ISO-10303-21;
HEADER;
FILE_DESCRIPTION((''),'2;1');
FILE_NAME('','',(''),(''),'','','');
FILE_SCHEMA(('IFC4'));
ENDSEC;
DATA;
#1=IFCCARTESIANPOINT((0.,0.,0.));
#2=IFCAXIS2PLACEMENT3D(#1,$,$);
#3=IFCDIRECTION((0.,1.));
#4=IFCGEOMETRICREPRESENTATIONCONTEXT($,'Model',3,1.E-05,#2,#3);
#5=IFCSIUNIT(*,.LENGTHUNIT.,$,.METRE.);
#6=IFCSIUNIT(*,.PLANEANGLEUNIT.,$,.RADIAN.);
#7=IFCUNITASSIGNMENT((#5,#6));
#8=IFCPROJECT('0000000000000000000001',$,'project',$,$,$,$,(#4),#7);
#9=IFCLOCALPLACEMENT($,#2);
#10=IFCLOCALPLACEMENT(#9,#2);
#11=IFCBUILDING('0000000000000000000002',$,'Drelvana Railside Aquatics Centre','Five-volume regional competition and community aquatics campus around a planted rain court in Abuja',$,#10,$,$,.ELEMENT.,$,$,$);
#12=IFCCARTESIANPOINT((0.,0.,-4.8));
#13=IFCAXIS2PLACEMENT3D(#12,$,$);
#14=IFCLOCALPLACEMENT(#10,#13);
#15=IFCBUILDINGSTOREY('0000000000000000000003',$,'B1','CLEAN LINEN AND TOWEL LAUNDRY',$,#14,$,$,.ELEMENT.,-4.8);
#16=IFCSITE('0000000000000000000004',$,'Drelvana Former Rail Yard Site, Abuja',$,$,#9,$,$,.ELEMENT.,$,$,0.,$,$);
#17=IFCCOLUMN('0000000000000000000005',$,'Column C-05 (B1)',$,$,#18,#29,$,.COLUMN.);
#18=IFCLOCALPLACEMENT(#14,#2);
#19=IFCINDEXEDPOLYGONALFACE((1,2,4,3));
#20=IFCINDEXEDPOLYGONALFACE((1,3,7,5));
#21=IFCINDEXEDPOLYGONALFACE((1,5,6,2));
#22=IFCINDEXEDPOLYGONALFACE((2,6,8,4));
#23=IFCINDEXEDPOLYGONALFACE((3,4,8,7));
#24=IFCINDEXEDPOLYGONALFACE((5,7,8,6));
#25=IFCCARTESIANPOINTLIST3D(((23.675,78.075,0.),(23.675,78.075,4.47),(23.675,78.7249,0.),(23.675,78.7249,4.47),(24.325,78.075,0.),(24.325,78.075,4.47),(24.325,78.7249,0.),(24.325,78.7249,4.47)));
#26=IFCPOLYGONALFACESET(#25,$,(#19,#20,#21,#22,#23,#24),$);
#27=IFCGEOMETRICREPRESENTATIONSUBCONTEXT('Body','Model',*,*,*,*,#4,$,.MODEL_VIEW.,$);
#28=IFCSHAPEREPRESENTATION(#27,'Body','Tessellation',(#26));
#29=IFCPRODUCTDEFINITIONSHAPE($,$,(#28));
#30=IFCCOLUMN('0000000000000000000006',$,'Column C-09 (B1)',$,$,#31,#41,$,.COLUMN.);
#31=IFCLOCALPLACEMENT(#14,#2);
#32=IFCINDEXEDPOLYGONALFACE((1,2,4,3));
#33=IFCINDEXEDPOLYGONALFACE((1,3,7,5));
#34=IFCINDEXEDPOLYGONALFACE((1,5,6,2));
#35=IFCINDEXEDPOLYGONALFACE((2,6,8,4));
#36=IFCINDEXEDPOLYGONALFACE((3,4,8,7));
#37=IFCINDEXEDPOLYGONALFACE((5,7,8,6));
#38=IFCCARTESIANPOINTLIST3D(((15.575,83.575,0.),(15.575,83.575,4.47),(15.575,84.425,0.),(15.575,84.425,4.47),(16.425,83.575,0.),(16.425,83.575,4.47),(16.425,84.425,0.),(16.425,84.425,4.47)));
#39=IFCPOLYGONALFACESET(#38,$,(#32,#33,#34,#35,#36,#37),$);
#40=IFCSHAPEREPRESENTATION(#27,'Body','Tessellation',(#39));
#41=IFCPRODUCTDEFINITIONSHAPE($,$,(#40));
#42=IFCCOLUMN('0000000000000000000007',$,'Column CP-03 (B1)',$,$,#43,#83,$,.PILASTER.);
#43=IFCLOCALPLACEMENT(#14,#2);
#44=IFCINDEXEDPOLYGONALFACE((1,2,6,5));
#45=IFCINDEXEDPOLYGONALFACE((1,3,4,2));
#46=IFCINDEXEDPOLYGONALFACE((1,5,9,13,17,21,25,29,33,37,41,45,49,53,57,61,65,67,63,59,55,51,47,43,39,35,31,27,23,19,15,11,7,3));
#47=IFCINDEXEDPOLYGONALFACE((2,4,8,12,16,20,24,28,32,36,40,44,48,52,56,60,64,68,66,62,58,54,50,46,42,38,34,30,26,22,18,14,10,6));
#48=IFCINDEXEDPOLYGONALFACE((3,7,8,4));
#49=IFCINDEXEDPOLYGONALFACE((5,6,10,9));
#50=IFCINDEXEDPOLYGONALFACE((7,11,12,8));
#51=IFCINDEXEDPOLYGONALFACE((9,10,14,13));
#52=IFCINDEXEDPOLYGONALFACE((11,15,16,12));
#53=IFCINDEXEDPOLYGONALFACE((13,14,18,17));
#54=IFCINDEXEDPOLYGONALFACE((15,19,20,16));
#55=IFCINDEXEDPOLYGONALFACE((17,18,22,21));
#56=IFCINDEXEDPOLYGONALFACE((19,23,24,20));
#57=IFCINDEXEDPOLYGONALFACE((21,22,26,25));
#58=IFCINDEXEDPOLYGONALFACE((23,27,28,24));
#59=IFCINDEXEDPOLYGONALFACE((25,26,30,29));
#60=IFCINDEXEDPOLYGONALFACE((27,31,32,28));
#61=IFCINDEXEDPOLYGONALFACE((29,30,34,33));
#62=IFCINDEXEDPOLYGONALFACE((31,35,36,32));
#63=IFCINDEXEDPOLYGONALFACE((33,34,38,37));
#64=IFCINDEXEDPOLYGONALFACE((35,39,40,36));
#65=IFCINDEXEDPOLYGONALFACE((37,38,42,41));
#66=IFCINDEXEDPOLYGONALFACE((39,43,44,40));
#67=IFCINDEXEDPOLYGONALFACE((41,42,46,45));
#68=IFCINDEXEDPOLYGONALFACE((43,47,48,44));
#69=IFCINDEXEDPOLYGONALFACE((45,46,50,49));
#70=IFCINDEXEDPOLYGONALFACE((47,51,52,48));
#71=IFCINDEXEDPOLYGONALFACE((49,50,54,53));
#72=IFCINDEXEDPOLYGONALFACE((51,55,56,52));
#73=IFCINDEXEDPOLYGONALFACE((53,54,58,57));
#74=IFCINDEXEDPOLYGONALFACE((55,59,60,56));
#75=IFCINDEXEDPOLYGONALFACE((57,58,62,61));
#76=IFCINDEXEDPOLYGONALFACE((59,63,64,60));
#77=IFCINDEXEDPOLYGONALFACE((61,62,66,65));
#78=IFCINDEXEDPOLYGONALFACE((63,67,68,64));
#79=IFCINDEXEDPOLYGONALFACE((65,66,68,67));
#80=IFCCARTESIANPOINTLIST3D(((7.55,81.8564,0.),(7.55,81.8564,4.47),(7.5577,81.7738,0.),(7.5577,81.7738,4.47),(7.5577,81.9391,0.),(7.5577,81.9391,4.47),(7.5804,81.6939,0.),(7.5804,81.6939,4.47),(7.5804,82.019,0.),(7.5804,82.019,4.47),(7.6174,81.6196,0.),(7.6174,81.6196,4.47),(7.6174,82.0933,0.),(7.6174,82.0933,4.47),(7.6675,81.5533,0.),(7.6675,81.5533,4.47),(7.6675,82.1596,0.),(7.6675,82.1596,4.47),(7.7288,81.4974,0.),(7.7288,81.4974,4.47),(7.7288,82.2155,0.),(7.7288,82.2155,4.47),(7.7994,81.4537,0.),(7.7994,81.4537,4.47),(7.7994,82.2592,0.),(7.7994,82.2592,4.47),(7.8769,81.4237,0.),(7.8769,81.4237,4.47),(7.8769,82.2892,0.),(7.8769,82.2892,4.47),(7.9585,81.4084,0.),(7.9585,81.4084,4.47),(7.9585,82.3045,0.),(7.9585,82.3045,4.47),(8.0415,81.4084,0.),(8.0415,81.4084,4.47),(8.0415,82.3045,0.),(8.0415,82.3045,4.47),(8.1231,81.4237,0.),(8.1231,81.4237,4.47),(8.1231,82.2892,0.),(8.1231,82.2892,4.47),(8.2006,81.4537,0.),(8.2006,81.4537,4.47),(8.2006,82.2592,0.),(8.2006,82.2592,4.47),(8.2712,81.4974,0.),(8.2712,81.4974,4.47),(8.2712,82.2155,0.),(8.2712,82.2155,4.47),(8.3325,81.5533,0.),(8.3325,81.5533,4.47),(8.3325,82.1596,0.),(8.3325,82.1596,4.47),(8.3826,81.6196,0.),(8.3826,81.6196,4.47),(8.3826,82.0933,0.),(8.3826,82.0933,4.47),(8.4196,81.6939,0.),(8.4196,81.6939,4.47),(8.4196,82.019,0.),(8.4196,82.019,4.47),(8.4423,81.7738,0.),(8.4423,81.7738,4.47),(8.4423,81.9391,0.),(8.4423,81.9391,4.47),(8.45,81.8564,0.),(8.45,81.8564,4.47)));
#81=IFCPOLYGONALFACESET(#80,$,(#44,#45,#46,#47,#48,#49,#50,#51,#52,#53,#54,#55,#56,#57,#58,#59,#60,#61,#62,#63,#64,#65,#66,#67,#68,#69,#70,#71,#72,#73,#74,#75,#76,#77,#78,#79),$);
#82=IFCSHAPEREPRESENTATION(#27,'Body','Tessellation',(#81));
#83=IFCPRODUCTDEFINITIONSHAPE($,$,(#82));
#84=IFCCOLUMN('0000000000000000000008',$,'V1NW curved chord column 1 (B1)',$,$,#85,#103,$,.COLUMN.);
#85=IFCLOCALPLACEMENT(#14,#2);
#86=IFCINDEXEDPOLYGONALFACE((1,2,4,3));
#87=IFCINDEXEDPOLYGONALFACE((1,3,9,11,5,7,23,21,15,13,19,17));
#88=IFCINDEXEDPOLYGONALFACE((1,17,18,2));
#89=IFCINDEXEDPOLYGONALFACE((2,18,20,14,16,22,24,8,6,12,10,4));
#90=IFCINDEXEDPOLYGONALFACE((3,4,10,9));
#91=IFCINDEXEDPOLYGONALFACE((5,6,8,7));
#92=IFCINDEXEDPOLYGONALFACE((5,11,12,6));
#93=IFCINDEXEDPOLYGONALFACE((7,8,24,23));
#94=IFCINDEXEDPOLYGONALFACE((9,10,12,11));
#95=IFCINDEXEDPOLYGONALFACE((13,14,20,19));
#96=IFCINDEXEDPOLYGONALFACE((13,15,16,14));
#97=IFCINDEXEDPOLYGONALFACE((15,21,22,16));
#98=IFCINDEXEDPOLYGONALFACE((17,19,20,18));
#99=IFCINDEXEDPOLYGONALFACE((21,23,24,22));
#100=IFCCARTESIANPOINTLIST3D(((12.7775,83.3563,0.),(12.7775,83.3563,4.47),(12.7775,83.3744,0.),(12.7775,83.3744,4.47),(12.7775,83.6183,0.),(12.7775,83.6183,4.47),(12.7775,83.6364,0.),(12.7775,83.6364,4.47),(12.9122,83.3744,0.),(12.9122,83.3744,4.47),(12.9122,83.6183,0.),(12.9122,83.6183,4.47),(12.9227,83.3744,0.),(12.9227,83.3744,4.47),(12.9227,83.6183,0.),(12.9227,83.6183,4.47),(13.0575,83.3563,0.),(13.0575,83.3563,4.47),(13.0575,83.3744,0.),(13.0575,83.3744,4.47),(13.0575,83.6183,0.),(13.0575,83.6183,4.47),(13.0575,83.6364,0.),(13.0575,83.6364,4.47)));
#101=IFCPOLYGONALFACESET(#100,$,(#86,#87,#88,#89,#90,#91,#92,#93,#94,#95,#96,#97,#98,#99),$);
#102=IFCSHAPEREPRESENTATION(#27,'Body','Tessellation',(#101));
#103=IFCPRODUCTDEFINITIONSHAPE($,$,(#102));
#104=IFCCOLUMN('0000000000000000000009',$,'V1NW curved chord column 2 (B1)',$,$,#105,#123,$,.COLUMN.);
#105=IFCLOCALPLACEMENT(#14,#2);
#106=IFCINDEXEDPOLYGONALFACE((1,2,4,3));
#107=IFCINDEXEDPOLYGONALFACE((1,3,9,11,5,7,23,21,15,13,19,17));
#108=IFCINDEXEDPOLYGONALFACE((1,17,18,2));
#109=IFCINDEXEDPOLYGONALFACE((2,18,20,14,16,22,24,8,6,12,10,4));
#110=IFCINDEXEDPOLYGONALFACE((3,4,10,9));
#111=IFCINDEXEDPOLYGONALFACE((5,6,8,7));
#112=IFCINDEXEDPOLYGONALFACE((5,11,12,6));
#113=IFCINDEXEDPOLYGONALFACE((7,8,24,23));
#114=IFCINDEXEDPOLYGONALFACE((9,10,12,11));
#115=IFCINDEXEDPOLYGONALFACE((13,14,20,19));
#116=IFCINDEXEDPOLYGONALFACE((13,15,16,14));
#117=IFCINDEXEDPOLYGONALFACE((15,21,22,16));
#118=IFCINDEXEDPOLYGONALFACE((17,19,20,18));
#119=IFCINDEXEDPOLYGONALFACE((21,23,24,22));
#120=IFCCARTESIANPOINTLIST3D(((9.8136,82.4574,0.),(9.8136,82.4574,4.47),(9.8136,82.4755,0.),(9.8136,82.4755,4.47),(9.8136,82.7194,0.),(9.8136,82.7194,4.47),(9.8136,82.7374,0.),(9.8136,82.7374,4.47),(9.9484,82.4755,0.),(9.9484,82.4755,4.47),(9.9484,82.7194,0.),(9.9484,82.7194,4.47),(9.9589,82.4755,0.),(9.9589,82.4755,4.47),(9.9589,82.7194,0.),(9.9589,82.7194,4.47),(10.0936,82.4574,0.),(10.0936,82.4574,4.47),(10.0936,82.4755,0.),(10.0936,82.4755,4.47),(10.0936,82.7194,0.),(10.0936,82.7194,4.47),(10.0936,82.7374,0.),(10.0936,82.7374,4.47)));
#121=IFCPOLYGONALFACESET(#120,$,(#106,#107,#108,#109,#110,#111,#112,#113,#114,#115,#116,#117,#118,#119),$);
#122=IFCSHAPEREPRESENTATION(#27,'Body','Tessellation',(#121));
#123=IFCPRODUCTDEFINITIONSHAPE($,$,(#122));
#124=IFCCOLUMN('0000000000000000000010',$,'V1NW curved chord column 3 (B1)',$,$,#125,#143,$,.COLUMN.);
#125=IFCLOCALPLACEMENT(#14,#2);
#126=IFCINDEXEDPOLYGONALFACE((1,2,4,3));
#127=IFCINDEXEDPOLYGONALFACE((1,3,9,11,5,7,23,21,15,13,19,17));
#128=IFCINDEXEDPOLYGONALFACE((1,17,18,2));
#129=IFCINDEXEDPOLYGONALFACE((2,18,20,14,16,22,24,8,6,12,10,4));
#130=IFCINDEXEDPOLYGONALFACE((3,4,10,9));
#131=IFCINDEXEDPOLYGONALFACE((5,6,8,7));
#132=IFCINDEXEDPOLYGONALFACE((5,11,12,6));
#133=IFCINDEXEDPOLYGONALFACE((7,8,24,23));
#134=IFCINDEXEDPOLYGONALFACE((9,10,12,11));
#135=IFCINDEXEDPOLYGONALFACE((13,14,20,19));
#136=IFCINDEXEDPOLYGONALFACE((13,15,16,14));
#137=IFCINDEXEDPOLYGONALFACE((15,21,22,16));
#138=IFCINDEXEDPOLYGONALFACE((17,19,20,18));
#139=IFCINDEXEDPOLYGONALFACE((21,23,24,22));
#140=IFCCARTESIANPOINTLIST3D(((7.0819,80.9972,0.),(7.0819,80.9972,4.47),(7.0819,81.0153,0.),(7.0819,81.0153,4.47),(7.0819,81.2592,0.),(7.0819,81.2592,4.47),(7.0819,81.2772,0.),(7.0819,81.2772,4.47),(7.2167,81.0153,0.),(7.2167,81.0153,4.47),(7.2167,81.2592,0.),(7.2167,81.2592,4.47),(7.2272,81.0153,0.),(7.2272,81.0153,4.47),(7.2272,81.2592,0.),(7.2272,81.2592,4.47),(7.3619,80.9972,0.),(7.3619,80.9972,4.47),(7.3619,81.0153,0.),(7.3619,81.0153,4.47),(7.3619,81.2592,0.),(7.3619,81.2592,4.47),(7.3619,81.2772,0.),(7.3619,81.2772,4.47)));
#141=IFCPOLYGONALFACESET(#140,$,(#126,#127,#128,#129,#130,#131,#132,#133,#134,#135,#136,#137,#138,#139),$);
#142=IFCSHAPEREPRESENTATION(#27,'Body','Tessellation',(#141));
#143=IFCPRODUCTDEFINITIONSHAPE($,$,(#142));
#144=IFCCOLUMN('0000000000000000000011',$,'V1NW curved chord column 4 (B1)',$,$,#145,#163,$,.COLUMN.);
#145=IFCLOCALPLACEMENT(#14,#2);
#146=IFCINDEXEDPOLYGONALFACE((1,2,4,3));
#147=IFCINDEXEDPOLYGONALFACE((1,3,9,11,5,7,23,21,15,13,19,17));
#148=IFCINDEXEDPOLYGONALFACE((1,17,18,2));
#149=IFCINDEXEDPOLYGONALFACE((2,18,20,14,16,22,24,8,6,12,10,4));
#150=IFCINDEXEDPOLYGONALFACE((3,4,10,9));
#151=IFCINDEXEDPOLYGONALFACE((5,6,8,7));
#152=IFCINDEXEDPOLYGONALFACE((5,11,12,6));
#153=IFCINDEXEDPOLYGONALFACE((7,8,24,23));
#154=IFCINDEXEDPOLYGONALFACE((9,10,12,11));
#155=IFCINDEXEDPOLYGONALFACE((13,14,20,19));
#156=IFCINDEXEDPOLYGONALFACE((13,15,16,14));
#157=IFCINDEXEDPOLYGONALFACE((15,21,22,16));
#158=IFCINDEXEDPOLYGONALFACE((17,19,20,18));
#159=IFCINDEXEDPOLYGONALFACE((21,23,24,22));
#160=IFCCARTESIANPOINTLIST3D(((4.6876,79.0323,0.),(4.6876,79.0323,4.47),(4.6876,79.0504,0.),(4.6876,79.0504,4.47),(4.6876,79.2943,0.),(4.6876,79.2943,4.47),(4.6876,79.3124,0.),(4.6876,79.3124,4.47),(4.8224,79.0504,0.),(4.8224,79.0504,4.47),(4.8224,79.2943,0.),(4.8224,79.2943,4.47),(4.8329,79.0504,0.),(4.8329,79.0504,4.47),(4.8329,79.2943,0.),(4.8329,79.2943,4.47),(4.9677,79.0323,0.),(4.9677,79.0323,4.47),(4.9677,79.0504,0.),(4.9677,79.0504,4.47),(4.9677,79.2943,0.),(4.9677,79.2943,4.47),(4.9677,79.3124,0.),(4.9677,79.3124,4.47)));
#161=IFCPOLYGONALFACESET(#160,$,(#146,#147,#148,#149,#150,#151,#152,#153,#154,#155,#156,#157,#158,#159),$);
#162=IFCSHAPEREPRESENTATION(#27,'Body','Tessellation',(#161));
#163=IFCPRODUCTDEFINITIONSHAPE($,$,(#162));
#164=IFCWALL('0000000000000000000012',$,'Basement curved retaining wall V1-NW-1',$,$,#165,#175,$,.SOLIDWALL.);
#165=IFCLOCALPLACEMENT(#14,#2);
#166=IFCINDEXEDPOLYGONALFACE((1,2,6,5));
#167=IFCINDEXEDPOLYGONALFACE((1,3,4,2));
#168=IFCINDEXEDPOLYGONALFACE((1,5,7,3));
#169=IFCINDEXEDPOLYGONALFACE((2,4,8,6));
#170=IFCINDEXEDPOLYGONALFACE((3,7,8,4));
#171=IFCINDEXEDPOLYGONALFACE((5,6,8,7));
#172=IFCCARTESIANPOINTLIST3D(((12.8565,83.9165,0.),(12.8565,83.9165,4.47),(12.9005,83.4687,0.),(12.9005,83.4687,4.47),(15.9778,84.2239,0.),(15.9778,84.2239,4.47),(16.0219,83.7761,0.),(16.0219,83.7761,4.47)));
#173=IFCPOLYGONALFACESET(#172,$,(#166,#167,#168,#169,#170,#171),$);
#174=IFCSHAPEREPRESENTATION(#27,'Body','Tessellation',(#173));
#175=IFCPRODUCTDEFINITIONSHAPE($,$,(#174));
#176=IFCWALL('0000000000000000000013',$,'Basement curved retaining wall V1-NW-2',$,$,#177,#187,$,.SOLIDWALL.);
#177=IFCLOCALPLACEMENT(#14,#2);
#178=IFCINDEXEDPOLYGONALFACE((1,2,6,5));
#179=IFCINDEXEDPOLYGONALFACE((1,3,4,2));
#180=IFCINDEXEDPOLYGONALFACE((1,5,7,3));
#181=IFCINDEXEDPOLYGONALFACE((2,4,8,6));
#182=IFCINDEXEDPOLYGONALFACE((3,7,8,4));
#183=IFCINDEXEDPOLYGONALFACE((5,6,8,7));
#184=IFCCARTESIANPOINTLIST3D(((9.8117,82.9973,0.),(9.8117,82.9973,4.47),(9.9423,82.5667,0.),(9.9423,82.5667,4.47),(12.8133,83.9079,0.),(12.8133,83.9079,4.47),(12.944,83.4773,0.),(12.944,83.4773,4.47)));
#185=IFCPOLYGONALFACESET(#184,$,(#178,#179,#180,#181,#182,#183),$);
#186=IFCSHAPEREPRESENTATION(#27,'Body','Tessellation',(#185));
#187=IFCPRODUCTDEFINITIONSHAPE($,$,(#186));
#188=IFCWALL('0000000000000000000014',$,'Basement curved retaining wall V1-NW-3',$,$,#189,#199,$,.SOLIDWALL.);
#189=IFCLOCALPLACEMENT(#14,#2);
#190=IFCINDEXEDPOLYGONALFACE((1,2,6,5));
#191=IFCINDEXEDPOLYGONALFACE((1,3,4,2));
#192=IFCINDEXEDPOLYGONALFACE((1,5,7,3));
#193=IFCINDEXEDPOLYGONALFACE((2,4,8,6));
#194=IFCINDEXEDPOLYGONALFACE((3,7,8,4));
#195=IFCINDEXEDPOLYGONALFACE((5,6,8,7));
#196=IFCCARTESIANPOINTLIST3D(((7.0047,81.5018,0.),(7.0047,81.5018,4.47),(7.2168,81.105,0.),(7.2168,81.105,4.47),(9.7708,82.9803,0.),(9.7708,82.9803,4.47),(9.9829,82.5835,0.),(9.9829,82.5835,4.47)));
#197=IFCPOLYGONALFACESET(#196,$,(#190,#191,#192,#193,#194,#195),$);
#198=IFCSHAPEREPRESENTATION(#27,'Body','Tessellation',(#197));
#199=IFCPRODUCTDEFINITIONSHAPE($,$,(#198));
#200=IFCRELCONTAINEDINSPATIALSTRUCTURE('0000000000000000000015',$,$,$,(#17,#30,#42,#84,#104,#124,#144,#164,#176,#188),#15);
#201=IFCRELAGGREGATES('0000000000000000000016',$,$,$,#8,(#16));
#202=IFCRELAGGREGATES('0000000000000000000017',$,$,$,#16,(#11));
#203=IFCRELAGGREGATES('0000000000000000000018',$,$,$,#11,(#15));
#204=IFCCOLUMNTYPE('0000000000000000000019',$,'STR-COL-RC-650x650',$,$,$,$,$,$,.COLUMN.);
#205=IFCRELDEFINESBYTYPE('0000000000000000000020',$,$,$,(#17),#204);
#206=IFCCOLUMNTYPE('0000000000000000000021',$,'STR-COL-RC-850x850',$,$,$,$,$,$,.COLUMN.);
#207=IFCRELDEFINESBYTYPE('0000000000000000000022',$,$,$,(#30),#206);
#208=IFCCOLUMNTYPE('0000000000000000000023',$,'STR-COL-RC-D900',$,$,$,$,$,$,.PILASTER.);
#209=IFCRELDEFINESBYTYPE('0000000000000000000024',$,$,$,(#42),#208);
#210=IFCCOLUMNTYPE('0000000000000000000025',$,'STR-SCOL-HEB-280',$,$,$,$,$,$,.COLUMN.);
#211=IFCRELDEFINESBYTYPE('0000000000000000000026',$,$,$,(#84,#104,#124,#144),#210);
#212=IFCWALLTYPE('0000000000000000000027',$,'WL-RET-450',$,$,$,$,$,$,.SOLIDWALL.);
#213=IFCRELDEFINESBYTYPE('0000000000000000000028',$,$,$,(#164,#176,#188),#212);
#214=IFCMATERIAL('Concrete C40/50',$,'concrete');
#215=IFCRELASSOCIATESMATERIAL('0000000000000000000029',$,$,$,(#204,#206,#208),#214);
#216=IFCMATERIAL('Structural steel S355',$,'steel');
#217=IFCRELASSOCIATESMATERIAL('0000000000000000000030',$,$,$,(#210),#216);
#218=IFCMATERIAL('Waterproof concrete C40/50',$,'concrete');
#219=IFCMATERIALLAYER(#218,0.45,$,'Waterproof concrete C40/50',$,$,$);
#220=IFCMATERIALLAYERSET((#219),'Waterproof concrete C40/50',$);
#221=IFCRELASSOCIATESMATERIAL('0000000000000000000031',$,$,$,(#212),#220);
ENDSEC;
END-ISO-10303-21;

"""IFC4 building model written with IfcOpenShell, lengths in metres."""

from ifc_helpers import new_model, si_unit, direction, frame, frame_2d, origin, origin_2d, place, context, subcontext, project, spatial, rectangle, circle, i_section, extrude, material, layer, layer_set, material_profile, profile_set, type_object, element, save


model = new_model("IFC4")

# Units and contexts
model_context = context("Model", 3, precision=1e-05, world=origin(), true_north=direction((0.0, 1.0)))
body_context = subcontext(model_context, "Body", "Model", "MODEL_VIEW")
ifc_project = project(units=[si_unit("LENGTHUNIT", "METRE"), si_unit("PLANEANGLEUNIT", "RADIAN")], contexts=[model_context])

# Site, building, storey
site_placement = place(None, origin())
site = spatial("IfcSite", under=ifc_project, at=site_placement, Name="Drelvana Former Rail Yard Site, Abuja", CompositionType="ELEMENT", RefElevation=0.0)
building_placement = place(site_placement, origin())
building = spatial("IfcBuilding", under=site, at=building_placement, Name="Drelvana Railside Aquatics Centre", Description="Five-volume regional competition and community aquatics campus around a planted rain court in Abuja", CompositionType="ELEMENT")
storey_placement = place(building_placement, frame((0.0, 0.0, -4.8)))
storey = spatial("IfcBuildingStorey", under=building, at=storey_placement, Name="B1", Description="CLEAN LINEN AND TOWEL LAUNDRY", CompositionType="ELEMENT", Elevation=-4.8)

# Columns
ifc_material_1 = material(Name="Concrete C40/50", Category="concrete")
ifc_material_profile_1 = material_profile(ifc_material_1, rectangle(XDim=0.6499, YDim=0.6499, at=origin_2d()), Name="RC 650x650")
ifc_profile_set_1 = profile_set([ifc_material_profile_1], Name="Concrete C40/50")
column_type_1 = type_object("IfcColumnType", Name="STR-COL-RC-650x650", PredefinedType="COLUMN", material=ifc_profile_set_1)
column_1_placement = place(storey_placement, frame((24.0, 78.3999, 0.0), z_axis=(0.0, 0.0, 1.0), x_axis=(1.0, 0.0, 0.0)))
element("IfcColumn", 1, at=column_1_placement, inside=storey, type_object=column_type_1, Name="Column C-05 (B1)", PredefinedType="COLUMN", context=body_context, shape_type="SweptSolid", body=[
    extrude(rectangle(XDim=0.6499, YDim=0.6499, at=origin_2d()), origin(), (0.0, 0.0, 1.0), 4.47),
])
ifc_material_profile_2 = material_profile(ifc_material_1, rectangle(XDim=0.8501, YDim=0.8501, at=origin_2d()), Name="RC 850x850")
ifc_profile_set_2 = profile_set([ifc_material_profile_2], Name="Concrete C40/50")
column_type_2 = type_object("IfcColumnType", Name="STR-COL-RC-850x850", PredefinedType="COLUMN", material=ifc_profile_set_2)
column_2_placement = place(storey_placement, frame((16.0, 84.0, 0.0), z_axis=(0.0, 0.0, 1.0), x_axis=(1.0, 0.0, 0.0)))
element("IfcColumn", 2, at=column_2_placement, inside=storey, type_object=column_type_2, Name="Column C-09 (B1)", PredefinedType="COLUMN", context=body_context, shape_type="SweptSolid", body=[
    extrude(rectangle(XDim=0.8501, YDim=0.8501, at=origin_2d()), origin(), (0.0, 0.0, 1.0), 4.47),
])
ifc_material_profile_3 = material_profile(ifc_material_1, circle(Radius=0.45, at=origin_2d()), Name="RC D900")
ifc_profile_set_3 = profile_set([ifc_material_profile_3], Name="Concrete C40/50")
column_type_3 = type_object("IfcColumnType", Name="STR-COL-RC-D900", PredefinedType="PILASTER", material=ifc_profile_set_3)
column_3_placement = place(storey_placement, frame((8.0, 81.8564, 0.0), z_axis=(0.0, 0.0, 1.0), x_axis=(1.0, 0.0, 0.0)))
element("IfcColumn", 3, at=column_3_placement, inside=storey, type_object=column_type_3, Name="Column CP-03 (B1)", PredefinedType="PILASTER", context=body_context, shape_type="SweptSolid", body=[
    extrude(circle(Radius=0.45, at=origin_2d()), origin(), (0.0, 0.0, 1.0), 4.47),
])
ifc_material_2 = material(Name="Structural steel S355", Category="steel")
ifc_material_profile_4 = material_profile(ifc_material_2, i_section(OverallWidth=0.28, OverallDepth=0.28, WebThickness=0.0105, FlangeThickness=0.0181, at=origin_2d()), Name="HEB 280")
ifc_profile_set_4 = profile_set([ifc_material_profile_4], Name="Structural steel S355")
column_type_4 = type_object("IfcColumnType", Name="STR-SCOL-HEB-280", PredefinedType="COLUMN", material=ifc_profile_set_4)
for number, where, z_axis, x_axis, name in (
    (4, (12.9175, 83.4963, 0.0), (0.0, 0.0, 1.0), (1.0, 0.0, 0.0), "V1NW curved chord column 1 (B1)"),
    (5, (9.9536, 82.5974, 0.0), (0.0, 0.0, 1.0), (1.0, 0.0, 0.0), "V1NW curved chord column 2 (B1)"),
    (6, (7.2219, 81.1372, 0.0), (0.0, 0.0, 1.0), (1.0, 0.0, 0.0), "V1NW curved chord column 3 (B1)"),
    (7, (4.8276, 79.1724, 0.0), (0.0, 0.0, 1.0), (1.0, 0.0, 0.0), "V1NW curved chord column 4 (B1)"),
):
    element("IfcColumn", number, at=place(storey_placement, frame(where, z_axis=z_axis, x_axis=x_axis)), inside=storey, type_object=column_type_4, Name=name, PredefinedType="COLUMN", context=body_context, shape_type="SweptSolid", body=[
        extrude(i_section(OverallWidth=0.28, OverallDepth=0.28, WebThickness=0.0105, FlangeThickness=0.0181, at=origin_2d()), origin(), (0.0, 0.0, 1.0), 4.47),
    ])

# Walls
ifc_material_3 = material(Name="Waterproof concrete C40/50", Category="concrete")
ifc_layer = layer(ifc_material_3, 0.45, Name="Waterproof concrete C40/50")
ifc_layer_set = layer_set([ifc_layer], Name="Waterproof concrete C40/50")
wall_type = type_object("IfcWallType", Name="WL-RET-450", PredefinedType="SOLIDWALL", material=ifc_layer_set)
wall_1_placement = place(storey_placement, frame((16.0, 84.0, 0.0), z_axis=(0.0, 0.0, 1.0), x_axis=(-0.995186, -0.098001, 0.0)))
element("IfcWall", 8, at=wall_1_placement, inside=storey, type_object=wall_type, Name="Basement curved retaining wall V1-NW-1", PredefinedType="SOLIDWALL", context=body_context, shape_type="SweptSolid", body=[
    extrude(rectangle(XDim=3.1365, YDim=0.45, at=frame_2d((1.5684, 0.0))), origin(), (0.0, 0.0, 1.0), 4.47),
])
wall_2_placement = place(storey_placement, frame((12.8787, 83.6926, 0.0), z_axis=(0.0, 0.0, 1.0), x_axis=(-0.956933, -0.29031, 0.0)))
element("IfcWall", 9, at=wall_2_placement, inside=storey, type_object=wall_type, Name="Basement curved retaining wall V1-NW-2", PredefinedType="SOLIDWALL", context=body_context, shape_type="SweptSolid", body=[
    extrude(rectangle(XDim=3.1367, YDim=0.45, at=frame_2d((1.5684, 0.0))), origin(), (0.0, 0.0, 1.0), 4.47),
])
for number, where, z_axis, x_axis, name in (
    (10, (9.877, 82.782, 0.0), (0.0, 0.0, 1.0), (-0.881922, -0.471396, 0.0), "Basement curved retaining wall V1-NW-3"),
):
    element("IfcWall", number, at=place(storey_placement, frame(where, z_axis=z_axis, x_axis=x_axis)), inside=storey, type_object=wall_type, Name=name, PredefinedType="SOLIDWALL", context=body_context, shape_type="SweptSolid", body=[
        extrude(rectangle(XDim=3.1365, YDim=0.45, at=frame_2d((1.5684, 0.0))), origin(), (0.0, 0.0, 1.0), 4.47),
    ])

save(model, "model.ifc")
